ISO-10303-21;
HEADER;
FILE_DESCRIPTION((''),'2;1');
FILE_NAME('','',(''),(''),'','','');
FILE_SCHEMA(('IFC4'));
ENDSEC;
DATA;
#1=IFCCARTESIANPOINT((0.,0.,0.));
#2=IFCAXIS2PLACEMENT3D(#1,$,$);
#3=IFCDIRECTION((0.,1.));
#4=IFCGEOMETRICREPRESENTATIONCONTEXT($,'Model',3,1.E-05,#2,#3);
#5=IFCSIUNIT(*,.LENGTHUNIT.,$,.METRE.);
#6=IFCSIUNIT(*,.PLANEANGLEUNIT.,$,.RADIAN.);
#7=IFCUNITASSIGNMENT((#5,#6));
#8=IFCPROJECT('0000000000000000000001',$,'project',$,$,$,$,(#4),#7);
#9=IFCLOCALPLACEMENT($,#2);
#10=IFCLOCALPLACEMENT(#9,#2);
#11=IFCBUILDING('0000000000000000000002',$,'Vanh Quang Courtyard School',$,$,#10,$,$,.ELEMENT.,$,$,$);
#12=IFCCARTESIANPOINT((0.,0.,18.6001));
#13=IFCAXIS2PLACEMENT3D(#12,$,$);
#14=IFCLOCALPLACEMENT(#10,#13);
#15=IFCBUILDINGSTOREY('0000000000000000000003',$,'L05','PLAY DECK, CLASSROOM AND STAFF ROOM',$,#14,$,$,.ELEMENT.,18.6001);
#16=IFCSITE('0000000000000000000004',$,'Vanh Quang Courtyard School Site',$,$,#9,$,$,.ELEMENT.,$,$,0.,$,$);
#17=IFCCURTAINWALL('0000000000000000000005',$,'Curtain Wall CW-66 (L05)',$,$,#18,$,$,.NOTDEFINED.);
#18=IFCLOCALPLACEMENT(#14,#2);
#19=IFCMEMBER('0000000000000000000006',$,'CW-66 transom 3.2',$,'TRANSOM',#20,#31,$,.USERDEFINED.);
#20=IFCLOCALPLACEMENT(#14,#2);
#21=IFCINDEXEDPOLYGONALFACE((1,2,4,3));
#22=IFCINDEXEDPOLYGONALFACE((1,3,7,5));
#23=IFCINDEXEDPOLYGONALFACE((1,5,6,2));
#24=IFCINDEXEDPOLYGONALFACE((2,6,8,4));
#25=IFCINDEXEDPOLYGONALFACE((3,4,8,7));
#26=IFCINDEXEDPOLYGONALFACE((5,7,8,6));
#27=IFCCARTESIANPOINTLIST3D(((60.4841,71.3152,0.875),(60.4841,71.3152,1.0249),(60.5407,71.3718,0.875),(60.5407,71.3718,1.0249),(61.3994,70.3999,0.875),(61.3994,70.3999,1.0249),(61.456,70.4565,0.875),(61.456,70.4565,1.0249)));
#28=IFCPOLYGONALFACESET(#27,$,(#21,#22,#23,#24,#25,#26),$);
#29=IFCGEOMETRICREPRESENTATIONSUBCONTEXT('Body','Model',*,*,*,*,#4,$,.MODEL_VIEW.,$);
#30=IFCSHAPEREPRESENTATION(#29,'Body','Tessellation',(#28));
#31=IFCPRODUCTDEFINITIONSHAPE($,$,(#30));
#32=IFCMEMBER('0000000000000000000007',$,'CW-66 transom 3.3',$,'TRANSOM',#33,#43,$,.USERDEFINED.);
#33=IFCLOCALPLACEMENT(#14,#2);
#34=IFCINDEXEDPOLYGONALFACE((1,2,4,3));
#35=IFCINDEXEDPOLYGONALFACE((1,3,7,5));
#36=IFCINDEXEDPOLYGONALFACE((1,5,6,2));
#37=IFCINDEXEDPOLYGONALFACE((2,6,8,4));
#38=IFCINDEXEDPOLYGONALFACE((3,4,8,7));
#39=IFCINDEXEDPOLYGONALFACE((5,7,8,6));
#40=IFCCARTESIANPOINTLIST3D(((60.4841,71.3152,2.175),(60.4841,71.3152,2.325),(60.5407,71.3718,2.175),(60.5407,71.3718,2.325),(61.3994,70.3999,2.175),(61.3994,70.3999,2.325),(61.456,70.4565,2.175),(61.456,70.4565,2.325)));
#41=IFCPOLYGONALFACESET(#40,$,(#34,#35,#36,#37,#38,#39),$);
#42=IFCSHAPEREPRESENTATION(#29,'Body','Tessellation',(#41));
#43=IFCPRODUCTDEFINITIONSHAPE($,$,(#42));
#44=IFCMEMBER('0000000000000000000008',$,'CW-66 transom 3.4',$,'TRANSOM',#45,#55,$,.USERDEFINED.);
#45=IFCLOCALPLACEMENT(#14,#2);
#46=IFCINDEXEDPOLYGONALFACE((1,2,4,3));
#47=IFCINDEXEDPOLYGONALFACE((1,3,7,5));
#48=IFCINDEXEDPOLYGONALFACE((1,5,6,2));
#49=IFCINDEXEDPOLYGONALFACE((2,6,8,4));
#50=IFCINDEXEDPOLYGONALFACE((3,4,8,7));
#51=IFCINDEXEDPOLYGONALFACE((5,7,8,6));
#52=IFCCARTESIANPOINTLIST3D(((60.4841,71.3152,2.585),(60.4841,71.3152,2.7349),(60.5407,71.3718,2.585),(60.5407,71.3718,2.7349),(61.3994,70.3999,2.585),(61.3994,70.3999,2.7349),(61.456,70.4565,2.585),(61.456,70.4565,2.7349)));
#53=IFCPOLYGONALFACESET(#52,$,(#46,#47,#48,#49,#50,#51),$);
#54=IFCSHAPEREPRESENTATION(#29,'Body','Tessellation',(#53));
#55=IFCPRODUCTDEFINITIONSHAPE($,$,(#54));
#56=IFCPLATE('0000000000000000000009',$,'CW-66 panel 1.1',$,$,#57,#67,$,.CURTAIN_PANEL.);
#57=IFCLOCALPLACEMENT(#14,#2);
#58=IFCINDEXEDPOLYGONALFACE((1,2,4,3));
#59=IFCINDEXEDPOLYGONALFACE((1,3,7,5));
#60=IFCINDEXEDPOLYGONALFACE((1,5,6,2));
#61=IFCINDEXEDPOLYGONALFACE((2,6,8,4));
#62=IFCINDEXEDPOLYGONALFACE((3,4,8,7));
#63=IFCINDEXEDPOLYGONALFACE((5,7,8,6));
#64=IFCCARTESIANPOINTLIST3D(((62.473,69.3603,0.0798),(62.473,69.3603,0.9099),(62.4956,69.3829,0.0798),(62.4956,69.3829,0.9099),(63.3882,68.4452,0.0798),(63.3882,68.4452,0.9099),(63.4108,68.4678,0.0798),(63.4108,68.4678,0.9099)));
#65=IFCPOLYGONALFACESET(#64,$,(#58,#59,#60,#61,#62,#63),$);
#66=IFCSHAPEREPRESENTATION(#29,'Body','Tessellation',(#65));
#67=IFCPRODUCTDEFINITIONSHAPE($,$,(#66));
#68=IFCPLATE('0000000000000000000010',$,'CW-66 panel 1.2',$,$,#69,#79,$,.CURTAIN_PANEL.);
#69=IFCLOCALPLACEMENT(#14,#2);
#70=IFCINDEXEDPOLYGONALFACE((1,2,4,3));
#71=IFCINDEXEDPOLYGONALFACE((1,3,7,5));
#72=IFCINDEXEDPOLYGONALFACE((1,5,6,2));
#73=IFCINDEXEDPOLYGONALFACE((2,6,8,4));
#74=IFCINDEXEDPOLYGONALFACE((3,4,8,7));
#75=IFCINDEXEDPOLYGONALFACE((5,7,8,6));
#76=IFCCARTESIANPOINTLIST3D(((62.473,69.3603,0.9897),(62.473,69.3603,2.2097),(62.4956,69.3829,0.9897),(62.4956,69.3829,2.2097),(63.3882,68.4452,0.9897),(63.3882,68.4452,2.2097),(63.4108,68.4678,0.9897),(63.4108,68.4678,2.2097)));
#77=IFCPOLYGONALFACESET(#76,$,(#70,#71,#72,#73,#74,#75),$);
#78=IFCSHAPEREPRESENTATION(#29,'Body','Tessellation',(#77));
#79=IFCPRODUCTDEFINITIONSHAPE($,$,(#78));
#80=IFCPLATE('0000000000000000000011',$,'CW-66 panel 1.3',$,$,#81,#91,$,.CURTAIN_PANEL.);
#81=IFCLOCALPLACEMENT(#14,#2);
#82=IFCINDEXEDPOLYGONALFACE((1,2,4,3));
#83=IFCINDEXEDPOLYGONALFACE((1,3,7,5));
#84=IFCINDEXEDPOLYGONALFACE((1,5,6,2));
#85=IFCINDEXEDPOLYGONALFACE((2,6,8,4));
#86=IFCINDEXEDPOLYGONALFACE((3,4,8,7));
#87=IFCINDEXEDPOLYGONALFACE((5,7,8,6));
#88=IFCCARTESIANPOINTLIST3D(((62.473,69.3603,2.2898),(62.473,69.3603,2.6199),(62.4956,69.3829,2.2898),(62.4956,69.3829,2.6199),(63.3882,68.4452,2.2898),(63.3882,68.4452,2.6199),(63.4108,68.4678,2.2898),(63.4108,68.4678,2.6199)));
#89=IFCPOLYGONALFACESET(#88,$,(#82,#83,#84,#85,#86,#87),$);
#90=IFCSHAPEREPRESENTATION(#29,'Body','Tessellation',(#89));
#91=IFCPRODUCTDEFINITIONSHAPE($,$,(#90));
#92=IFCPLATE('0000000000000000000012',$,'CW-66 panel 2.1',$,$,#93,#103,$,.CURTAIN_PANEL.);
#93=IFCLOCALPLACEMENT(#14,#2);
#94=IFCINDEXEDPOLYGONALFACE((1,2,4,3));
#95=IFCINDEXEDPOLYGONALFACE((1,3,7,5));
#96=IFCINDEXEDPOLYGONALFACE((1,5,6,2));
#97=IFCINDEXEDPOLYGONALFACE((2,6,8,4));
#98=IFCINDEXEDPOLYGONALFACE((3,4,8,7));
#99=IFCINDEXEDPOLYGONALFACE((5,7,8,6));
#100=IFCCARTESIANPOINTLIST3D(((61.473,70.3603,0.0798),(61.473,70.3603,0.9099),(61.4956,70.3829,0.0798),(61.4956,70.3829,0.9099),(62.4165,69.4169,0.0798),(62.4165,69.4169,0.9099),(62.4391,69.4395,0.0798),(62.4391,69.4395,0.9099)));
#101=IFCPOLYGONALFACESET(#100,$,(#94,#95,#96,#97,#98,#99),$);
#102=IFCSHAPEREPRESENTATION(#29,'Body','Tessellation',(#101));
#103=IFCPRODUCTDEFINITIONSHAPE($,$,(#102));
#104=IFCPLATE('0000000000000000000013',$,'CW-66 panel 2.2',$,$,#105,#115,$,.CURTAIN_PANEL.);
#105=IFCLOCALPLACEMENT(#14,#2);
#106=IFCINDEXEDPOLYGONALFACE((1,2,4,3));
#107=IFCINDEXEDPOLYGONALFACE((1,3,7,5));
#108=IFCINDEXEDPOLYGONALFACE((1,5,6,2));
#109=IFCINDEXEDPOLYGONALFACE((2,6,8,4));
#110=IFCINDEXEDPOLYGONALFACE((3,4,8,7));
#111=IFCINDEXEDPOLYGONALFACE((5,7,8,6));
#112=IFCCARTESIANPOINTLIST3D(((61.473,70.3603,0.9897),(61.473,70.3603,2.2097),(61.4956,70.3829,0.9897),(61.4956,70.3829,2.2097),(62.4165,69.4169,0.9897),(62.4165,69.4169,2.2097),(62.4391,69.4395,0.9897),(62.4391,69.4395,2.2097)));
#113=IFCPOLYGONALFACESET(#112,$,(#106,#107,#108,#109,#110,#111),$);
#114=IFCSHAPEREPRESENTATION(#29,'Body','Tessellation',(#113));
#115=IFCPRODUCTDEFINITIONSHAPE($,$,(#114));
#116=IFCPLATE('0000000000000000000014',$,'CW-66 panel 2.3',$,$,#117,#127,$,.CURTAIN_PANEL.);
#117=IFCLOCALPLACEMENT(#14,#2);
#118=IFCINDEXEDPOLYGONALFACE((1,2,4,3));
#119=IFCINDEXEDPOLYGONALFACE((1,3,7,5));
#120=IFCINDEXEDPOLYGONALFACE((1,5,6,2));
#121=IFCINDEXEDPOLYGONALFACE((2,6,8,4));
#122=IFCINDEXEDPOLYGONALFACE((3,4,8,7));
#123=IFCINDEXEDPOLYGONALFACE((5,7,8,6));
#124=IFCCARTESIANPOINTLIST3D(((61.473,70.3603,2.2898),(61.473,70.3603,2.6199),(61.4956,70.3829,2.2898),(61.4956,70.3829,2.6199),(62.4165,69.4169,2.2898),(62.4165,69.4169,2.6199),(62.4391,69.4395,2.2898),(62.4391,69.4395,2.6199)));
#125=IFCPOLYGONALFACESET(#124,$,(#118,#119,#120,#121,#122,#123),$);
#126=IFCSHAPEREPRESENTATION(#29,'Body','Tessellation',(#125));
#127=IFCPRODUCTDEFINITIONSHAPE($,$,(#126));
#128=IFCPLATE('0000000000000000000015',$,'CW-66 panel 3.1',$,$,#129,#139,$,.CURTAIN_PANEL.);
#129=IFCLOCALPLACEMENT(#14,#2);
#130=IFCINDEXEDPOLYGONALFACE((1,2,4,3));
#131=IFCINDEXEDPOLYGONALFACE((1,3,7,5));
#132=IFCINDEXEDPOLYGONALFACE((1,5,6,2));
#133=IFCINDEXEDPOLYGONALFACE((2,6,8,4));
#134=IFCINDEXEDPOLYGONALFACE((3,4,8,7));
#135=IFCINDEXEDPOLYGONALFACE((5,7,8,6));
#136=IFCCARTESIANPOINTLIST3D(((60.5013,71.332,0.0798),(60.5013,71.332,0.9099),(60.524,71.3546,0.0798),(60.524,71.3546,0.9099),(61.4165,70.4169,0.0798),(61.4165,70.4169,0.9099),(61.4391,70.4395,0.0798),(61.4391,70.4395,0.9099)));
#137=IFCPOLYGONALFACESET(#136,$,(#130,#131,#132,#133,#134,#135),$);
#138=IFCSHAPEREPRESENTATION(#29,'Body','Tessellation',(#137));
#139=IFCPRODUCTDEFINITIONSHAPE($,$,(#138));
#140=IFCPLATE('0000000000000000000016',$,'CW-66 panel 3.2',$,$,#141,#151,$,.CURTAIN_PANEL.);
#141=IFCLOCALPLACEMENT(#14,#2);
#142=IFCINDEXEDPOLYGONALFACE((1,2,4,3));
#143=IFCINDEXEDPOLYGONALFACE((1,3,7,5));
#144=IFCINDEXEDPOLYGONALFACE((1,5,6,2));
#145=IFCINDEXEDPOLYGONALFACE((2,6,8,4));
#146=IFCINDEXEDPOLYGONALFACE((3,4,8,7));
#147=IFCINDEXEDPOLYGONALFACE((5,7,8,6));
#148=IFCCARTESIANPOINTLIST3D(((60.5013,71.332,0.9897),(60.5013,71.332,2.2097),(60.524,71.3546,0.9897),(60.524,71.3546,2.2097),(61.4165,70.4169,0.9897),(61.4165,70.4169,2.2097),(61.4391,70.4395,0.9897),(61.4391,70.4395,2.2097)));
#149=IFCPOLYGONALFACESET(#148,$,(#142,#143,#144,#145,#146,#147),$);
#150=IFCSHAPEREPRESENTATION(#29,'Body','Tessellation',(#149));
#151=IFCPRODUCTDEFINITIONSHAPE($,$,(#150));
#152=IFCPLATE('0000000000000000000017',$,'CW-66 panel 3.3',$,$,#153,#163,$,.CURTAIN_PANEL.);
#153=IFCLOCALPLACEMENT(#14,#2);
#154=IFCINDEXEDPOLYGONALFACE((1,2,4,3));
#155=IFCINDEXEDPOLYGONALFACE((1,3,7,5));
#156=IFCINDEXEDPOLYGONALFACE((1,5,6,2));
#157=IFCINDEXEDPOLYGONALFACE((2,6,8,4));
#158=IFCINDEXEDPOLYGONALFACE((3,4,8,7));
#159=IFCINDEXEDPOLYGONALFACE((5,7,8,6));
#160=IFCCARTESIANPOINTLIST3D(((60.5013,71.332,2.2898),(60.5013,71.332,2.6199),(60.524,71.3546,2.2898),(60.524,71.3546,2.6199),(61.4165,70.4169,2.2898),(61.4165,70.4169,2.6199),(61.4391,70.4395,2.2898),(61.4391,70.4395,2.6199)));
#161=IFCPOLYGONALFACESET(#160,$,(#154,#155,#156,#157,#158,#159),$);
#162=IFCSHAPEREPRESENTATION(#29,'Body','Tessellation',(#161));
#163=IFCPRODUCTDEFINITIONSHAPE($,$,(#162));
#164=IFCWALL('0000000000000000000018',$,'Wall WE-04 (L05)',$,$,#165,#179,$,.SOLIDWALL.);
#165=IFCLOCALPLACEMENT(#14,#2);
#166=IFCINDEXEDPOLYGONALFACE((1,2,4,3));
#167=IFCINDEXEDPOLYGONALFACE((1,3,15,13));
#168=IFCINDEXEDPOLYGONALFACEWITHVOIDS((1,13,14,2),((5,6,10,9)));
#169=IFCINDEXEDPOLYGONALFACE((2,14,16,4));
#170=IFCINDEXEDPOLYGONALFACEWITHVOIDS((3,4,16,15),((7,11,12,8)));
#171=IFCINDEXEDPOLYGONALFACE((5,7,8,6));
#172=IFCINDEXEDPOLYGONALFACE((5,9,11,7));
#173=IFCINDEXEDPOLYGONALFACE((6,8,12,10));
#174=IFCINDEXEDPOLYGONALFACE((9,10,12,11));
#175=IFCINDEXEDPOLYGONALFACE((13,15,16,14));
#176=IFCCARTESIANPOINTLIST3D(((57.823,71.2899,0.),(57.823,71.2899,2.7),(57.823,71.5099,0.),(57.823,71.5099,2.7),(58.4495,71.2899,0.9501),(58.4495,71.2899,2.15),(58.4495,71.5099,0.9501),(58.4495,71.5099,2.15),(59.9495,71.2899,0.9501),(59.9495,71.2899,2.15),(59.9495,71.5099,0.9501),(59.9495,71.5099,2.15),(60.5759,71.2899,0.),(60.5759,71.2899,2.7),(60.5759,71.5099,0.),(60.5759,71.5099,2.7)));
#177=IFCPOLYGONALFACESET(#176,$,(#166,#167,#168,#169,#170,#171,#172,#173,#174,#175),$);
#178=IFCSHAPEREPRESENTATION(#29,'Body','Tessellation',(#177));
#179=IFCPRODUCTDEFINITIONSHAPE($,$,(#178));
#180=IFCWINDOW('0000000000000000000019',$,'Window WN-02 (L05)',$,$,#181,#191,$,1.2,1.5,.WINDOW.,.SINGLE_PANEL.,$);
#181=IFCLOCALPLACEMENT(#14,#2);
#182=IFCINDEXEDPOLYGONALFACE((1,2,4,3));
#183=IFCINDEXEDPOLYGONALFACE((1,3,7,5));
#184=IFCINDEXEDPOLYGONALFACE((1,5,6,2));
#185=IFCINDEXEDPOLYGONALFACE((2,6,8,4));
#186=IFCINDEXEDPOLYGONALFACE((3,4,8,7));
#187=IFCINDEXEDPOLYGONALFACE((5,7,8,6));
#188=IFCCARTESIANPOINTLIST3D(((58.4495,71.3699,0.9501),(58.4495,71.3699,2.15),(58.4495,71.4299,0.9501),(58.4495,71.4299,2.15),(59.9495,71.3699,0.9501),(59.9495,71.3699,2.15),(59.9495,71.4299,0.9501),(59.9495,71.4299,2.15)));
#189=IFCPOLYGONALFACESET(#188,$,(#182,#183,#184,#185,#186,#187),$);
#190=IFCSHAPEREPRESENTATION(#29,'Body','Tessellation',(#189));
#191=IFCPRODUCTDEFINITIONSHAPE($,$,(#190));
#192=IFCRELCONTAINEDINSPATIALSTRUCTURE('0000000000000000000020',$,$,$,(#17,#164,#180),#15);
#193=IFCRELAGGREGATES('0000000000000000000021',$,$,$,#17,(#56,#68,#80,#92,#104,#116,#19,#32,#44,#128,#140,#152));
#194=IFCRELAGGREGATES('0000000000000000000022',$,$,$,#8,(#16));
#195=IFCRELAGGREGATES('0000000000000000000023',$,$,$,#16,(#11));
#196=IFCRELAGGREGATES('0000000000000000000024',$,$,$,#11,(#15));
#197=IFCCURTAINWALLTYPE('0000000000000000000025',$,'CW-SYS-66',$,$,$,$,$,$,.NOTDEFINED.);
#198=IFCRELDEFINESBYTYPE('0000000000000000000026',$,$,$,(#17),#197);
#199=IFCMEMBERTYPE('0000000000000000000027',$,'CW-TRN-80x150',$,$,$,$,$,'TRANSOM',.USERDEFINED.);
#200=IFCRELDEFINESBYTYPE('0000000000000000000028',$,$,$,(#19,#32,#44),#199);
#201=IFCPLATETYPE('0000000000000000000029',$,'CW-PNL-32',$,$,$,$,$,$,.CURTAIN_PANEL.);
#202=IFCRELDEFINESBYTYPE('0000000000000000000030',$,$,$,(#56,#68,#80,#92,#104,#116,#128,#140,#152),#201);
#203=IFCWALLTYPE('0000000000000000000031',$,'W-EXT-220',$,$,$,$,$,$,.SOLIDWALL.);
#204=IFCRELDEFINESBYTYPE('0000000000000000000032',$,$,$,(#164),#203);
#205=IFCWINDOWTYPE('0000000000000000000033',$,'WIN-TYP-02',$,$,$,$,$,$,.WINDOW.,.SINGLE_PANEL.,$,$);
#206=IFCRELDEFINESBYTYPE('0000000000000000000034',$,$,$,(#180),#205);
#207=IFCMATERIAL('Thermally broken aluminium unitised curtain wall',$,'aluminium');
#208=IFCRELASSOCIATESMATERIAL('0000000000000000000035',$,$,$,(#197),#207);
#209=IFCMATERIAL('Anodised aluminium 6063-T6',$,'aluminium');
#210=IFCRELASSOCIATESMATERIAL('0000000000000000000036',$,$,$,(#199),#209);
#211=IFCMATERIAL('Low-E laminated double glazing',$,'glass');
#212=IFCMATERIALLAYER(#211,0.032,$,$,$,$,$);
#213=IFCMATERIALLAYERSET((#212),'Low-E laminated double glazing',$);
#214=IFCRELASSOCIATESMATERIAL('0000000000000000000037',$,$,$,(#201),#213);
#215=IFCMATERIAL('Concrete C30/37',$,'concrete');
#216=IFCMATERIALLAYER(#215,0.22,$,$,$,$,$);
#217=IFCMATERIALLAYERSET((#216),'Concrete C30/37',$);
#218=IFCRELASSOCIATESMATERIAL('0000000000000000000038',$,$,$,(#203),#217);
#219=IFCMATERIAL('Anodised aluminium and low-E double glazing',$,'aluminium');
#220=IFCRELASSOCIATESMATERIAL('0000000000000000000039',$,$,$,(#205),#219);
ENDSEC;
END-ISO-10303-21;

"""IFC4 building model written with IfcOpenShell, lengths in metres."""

from ifc_helpers import new_model, si_unit, direction, frame, frame_2d, origin, origin_2d, place, context, subcontext, project, spatial, rectangle, extrude, material, layer, layer_set, material_profile, profile_set, type_object, element, fill, aggregate, save


model = new_model("IFC4")

# Units and contexts
model_context = context("Model", 3, precision=1e-05, world=origin(), true_north=direction((0.0, 1.0)))
body_context = subcontext(model_context, "Body", "Model", "MODEL_VIEW")
ifc_project = project(units=[si_unit("LENGTHUNIT", "METRE"), si_unit("PLANEANGLEUNIT", "RADIAN")], contexts=[model_context])

# Site, building, storey
site_placement = place(None, origin())
site = spatial("IfcSite", under=ifc_project, at=site_placement, Name="Vanh Quang Courtyard School Site", CompositionType="ELEMENT", RefElevation=0.0)
building_placement = place(site_placement, origin())
building = spatial("IfcBuilding", under=site, at=building_placement, Name="Vanh Quang Courtyard School", CompositionType="ELEMENT")
storey_placement = place(building_placement, frame((0.0, 0.0, 18.6001)))
storey = spatial("IfcBuildingStorey", under=building, at=storey_placement, Name="L05", Description="PLAY DECK, CLASSROOM AND STAFF ROOM", CompositionType="ELEMENT", Elevation=18.6001)

# Curtain wall
ifc_material_1 = material(Name="Thermally broken aluminium unitised curtain wall", Category="aluminium")
ifc_material_2 = material(Name="Anodised aluminium 6063-T6", Category="aluminium")
curtain_wall_type_1 = type_object("IfcCurtainWallType", Name="CW-SYS-66", PredefinedType="NOTDEFINED", material=ifc_material_1)
curtain_wall_1_placement = place(storey_placement, origin())
curtain_wall_1 = element("IfcCurtainWall", 1, at=curtain_wall_1_placement, inside=storey, type_object=curtain_wall_type_1, Name="Curtain Wall CW-66 (L05)", PredefinedType="NOTDEFINED")

# Members
ifc_material_profile_1 = material_profile(ifc_material_2, rectangle(XDim=0.0801, YDim=0.1499, at=origin_2d()), Name="ALU-TRN 80x150")
ifc_profile_set_1 = profile_set([ifc_material_profile_1], Name="Anodised aluminium 6063-T6")
member_type_1 = type_object("IfcMemberType", Name="CW-TRN-80x150", ElementType="TRANSOM", PredefinedType="USERDEFINED", material=ifc_profile_set_1)
member_1_placement = place(storey_placement, frame((61.4277, 70.4282, 0.95), z_axis=(-0.707107, 0.707107, 0.0), x_axis=(-0.707107, -0.707107, 0.0)))
member_1 = element("IfcMember", 2, at=member_1_placement, type_object=member_type_1, Name="CW-66 transom 3.2", ObjectType="TRANSOM", PredefinedType="USERDEFINED", context=body_context, shape_type="SweptSolid", body=[
    extrude(rectangle(XDim=0.0801, YDim=0.1499, at=origin_2d()), origin(), (0.0, 0.0, 1.0), 1.2944),
])
member_2_placement = place(storey_placement, frame((61.4277, 70.4282, 2.25), z_axis=(-0.707107, 0.707107, 0.0), x_axis=(-0.707107, -0.707107, 0.0)))
member_2 = element("IfcMember", 3, at=member_2_placement, type_object=member_type_1, Name="CW-66 transom 3.3", ObjectType="TRANSOM", PredefinedType="USERDEFINED", context=body_context, shape_type="SweptSolid", body=[
    extrude(rectangle(XDim=0.0801, YDim=0.1499, at=origin_2d()), origin(), (0.0, 0.0, 1.0), 1.2944),
])
member_3_placement = place(storey_placement, frame((61.4277, 70.4282, 2.6599), z_axis=(-0.707107, 0.707107, 0.0), x_axis=(-0.707107, -0.707107, 0.0)))
member_3 = element("IfcMember", 4, at=member_3_placement, type_object=member_type_1, Name="CW-66 transom 3.4", ObjectType="TRANSOM", PredefinedType="USERDEFINED", context=body_context, shape_type="SweptSolid", body=[
    extrude(rectangle(XDim=0.0801, YDim=0.1499, at=origin_2d()), origin(), (0.0, 0.0, 1.0), 1.2944),
])

# Plates
ifc_material_3 = material(Name="Low-E laminated double glazing", Category="glass")
ifc_layer_1 = layer(ifc_material_3, 0.032)
ifc_layer_set_1 = layer_set([ifc_layer_1], Name="Low-E laminated double glazing")
plate_type = type_object("IfcPlateType", Name="CW-PNL-32", PredefinedType="CURTAIN_PANEL", material=ifc_layer_set_1)
plate_1_placement = place(storey_placement, frame((62.9419, 68.9141, 0.0798), z_axis=(0.0, 0.0, 1.0), x_axis=(-0.707107, 0.707107, 0.0)))
plate_1 = element("IfcPlate", 5, at=plate_1_placement, type_object=plate_type, Name="CW-66 panel 1.1", PredefinedType="CURTAIN_PANEL", context=body_context, shape_type="SweptSolid", body=[
    extrude(rectangle(XDim=1.2942, YDim=0.032, at=origin_2d()), origin(), (0.0, 0.0, 1.0), 0.8301),
])
plate_2_placement = place(storey_placement, frame((62.9419, 68.9141, 0.9897), z_axis=(0.0, 0.0, 1.0), x_axis=(-0.707107, 0.707107, 0.0)))
plate_2 = element("IfcPlate", 6, at=plate_2_placement, type_object=plate_type, Name="CW-66 panel 1.2", PredefinedType="CURTAIN_PANEL", context=body_context, shape_type="SweptSolid", body=[
    extrude(rectangle(XDim=1.2942, YDim=0.032, at=origin_2d()), origin(), (0.0, 0.0, 1.0), 1.22),
])
plate_3_placement = place(storey_placement, frame((62.9419, 68.9141, 2.2898), z_axis=(0.0, 0.0, 1.0), x_axis=(-0.707107, 0.707107, 0.0)))
plate_3 = element("IfcPlate", 7, at=plate_3_placement, type_object=plate_type, Name="CW-66 panel 1.3", PredefinedType="CURTAIN_PANEL", context=body_context, shape_type="SweptSolid", body=[
    extrude(rectangle(XDim=1.2942, YDim=0.032, at=origin_2d()), origin(), (0.0, 0.0, 1.0), 0.3301),
])
plate_4_placement = place(storey_placement, frame((61.9561, 69.8999, 0.0798), z_axis=(0.0, 0.0, 1.0), x_axis=(-0.707107, 0.707107, 0.0)))
plate_4 = element("IfcPlate", 8, at=plate_4_placement, type_object=plate_type, Name="CW-66 panel 2.1", PredefinedType="CURTAIN_PANEL", context=body_context, shape_type="SweptSolid", body=[
    extrude(rectangle(XDim=1.3342, YDim=0.032, at=origin_2d()), origin(), (0.0, 0.0, 1.0), 0.8301),
])
plate_5_placement = place(storey_placement, frame((61.9561, 69.8999, 0.9897), z_axis=(0.0, 0.0, 1.0), x_axis=(-0.707107, 0.707107, 0.0)))
plate_5 = element("IfcPlate", 9, at=plate_5_placement, type_object=plate_type, Name="CW-66 panel 2.2", PredefinedType="CURTAIN_PANEL", context=body_context, shape_type="SweptSolid", body=[
    extrude(rectangle(XDim=1.3342, YDim=0.032, at=origin_2d()), origin(), (0.0, 0.0, 1.0), 1.22),
])
plate_6_placement = place(storey_placement, frame((61.9561, 69.8999, 2.2898), z_axis=(0.0, 0.0, 1.0), x_axis=(-0.707107, 0.707107, 0.0)))
plate_6 = element("IfcPlate", 10, at=plate_6_placement, type_object=plate_type, Name="CW-66 panel 2.3", PredefinedType="CURTAIN_PANEL", context=body_context, shape_type="SweptSolid", body=[
    extrude(rectangle(XDim=1.3342, YDim=0.032, at=origin_2d()), origin(), (0.0, 0.0, 1.0), 0.3301),
])
plate_7_placement = place(storey_placement, frame((60.9702, 70.8857, 0.0798), z_axis=(0.0, 0.0, 1.0), x_axis=(-0.707107, 0.707107, 0.0)))
plate_7 = element("IfcPlate", 11, at=plate_7_placement, type_object=plate_type, Name="CW-66 panel 3.1", PredefinedType="CURTAIN_PANEL", context=body_context, shape_type="SweptSolid", body=[
    extrude(rectangle(XDim=1.2942, YDim=0.032, at=origin_2d()), origin(), (0.0, 0.0, 1.0), 0.8301),
])
plate_8_placement = place(storey_placement, frame((60.9702, 70.8857, 0.9897), z_axis=(0.0, 0.0, 1.0), x_axis=(-0.707107, 0.707107, 0.0)))
plate_8 = element("IfcPlate", 12, at=plate_8_placement, type_object=plate_type, Name="CW-66 panel 3.2", PredefinedType="CURTAIN_PANEL", context=body_context, shape_type="SweptSolid", body=[
    extrude(rectangle(XDim=1.2942, YDim=0.032, at=origin_2d()), origin(), (0.0, 0.0, 1.0), 1.22),
])
plate_9_placement = place(storey_placement, frame((60.9702, 70.8857, 2.2898), z_axis=(0.0, 0.0, 1.0), x_axis=(-0.707107, 0.707107, 0.0)))
plate_9 = element("IfcPlate", 13, at=plate_9_placement, type_object=plate_type, Name="CW-66 panel 3.3", PredefinedType="CURTAIN_PANEL", context=body_context, shape_type="SweptSolid", body=[
    extrude(rectangle(XDim=1.2942, YDim=0.032, at=origin_2d()), origin(), (0.0, 0.0, 1.0), 0.3301),
])
aggregate(curtain_wall_1, [plate_1, plate_2, plate_3, plate_4, plate_5, plate_6, member_1, member_2, member_3, plate_7, plate_8, plate_9])

# Wall, opening, window
ifc_material_4 = material(Name="Concrete C30/37", Category="concrete")
ifc_layer_2 = layer(ifc_material_4, 0.22)
ifc_layer_set_2 = layer_set([ifc_layer_2], Name="Concrete C30/37")
wall_type = type_object("IfcWallType", Name="W-EXT-220", PredefinedType="SOLIDWALL", material=ifc_layer_set_2)
wall_placement = place(storey_placement, frame((60.5759, 71.3999, 0.0), z_axis=(0.0, 0.0, 1.0), x_axis=(-1.0, 0.0, 0.0)))
wall = element("IfcWall", 14, at=wall_placement, inside=storey, type_object=wall_type, Name="Wall WE-04 (L05)", PredefinedType="SOLIDWALL", context=body_context, shape_type="SweptSolid", body=[
    extrude(rectangle(XDim=2.7529, YDim=0.22, at=frame_2d((1.3765, 0.0))), origin(), (0.0, 0.0, 1.0), 2.7),
])
opening_placement = place(wall_placement, frame((0.6265, 0.0, 0.95)))
opening = element("IfcOpeningElement", 15, at=opening_placement, cuts=wall, PredefinedType="OPENING", context=body_context, shape_type="SweptSolid", body=[
    extrude(rectangle(XDim=1.5, YDim=1.2, at=frame_2d((0.75, 0.6001))), frame((0.0, 0.1201, 0.0), z_axis=(0.0, -1.0, 0.0), x_axis=(1.0, 0.0, 0.0)), (0.0, 0.0, 1.0), 0.24),
])
ifc_material_5 = material(Name="Anodised aluminium and low-E double glazing", Category="aluminium")
window_type = type_object("IfcWindowType", Name="WIN-TYP-02", PartitioningType="SINGLE_PANEL", PredefinedType="WINDOW", material=ifc_material_5)
window_placement = place(opening_placement, origin())
window = element("IfcWindow", 16, at=window_placement, inside=storey, type_object=window_type, Name="Window WN-02 (L05)", OverallHeight=1.2, OverallWidth=1.5, PartitioningType="SINGLE_PANEL", PredefinedType="WINDOW", context=body_context, shape_type="SweptSolid", body=[
    extrude(rectangle(XDim=1.5, YDim=1.2, at=frame_2d((0.75, 0.6001))), frame((0.0, 0.03, 0.0), z_axis=(0.0, -1.0, 0.0), x_axis=(1.0, 0.0, 0.0)), (0.0, 0.0, 1.0), 0.0601),
])
fill(opening, window)

save(model, "model.ifc")
